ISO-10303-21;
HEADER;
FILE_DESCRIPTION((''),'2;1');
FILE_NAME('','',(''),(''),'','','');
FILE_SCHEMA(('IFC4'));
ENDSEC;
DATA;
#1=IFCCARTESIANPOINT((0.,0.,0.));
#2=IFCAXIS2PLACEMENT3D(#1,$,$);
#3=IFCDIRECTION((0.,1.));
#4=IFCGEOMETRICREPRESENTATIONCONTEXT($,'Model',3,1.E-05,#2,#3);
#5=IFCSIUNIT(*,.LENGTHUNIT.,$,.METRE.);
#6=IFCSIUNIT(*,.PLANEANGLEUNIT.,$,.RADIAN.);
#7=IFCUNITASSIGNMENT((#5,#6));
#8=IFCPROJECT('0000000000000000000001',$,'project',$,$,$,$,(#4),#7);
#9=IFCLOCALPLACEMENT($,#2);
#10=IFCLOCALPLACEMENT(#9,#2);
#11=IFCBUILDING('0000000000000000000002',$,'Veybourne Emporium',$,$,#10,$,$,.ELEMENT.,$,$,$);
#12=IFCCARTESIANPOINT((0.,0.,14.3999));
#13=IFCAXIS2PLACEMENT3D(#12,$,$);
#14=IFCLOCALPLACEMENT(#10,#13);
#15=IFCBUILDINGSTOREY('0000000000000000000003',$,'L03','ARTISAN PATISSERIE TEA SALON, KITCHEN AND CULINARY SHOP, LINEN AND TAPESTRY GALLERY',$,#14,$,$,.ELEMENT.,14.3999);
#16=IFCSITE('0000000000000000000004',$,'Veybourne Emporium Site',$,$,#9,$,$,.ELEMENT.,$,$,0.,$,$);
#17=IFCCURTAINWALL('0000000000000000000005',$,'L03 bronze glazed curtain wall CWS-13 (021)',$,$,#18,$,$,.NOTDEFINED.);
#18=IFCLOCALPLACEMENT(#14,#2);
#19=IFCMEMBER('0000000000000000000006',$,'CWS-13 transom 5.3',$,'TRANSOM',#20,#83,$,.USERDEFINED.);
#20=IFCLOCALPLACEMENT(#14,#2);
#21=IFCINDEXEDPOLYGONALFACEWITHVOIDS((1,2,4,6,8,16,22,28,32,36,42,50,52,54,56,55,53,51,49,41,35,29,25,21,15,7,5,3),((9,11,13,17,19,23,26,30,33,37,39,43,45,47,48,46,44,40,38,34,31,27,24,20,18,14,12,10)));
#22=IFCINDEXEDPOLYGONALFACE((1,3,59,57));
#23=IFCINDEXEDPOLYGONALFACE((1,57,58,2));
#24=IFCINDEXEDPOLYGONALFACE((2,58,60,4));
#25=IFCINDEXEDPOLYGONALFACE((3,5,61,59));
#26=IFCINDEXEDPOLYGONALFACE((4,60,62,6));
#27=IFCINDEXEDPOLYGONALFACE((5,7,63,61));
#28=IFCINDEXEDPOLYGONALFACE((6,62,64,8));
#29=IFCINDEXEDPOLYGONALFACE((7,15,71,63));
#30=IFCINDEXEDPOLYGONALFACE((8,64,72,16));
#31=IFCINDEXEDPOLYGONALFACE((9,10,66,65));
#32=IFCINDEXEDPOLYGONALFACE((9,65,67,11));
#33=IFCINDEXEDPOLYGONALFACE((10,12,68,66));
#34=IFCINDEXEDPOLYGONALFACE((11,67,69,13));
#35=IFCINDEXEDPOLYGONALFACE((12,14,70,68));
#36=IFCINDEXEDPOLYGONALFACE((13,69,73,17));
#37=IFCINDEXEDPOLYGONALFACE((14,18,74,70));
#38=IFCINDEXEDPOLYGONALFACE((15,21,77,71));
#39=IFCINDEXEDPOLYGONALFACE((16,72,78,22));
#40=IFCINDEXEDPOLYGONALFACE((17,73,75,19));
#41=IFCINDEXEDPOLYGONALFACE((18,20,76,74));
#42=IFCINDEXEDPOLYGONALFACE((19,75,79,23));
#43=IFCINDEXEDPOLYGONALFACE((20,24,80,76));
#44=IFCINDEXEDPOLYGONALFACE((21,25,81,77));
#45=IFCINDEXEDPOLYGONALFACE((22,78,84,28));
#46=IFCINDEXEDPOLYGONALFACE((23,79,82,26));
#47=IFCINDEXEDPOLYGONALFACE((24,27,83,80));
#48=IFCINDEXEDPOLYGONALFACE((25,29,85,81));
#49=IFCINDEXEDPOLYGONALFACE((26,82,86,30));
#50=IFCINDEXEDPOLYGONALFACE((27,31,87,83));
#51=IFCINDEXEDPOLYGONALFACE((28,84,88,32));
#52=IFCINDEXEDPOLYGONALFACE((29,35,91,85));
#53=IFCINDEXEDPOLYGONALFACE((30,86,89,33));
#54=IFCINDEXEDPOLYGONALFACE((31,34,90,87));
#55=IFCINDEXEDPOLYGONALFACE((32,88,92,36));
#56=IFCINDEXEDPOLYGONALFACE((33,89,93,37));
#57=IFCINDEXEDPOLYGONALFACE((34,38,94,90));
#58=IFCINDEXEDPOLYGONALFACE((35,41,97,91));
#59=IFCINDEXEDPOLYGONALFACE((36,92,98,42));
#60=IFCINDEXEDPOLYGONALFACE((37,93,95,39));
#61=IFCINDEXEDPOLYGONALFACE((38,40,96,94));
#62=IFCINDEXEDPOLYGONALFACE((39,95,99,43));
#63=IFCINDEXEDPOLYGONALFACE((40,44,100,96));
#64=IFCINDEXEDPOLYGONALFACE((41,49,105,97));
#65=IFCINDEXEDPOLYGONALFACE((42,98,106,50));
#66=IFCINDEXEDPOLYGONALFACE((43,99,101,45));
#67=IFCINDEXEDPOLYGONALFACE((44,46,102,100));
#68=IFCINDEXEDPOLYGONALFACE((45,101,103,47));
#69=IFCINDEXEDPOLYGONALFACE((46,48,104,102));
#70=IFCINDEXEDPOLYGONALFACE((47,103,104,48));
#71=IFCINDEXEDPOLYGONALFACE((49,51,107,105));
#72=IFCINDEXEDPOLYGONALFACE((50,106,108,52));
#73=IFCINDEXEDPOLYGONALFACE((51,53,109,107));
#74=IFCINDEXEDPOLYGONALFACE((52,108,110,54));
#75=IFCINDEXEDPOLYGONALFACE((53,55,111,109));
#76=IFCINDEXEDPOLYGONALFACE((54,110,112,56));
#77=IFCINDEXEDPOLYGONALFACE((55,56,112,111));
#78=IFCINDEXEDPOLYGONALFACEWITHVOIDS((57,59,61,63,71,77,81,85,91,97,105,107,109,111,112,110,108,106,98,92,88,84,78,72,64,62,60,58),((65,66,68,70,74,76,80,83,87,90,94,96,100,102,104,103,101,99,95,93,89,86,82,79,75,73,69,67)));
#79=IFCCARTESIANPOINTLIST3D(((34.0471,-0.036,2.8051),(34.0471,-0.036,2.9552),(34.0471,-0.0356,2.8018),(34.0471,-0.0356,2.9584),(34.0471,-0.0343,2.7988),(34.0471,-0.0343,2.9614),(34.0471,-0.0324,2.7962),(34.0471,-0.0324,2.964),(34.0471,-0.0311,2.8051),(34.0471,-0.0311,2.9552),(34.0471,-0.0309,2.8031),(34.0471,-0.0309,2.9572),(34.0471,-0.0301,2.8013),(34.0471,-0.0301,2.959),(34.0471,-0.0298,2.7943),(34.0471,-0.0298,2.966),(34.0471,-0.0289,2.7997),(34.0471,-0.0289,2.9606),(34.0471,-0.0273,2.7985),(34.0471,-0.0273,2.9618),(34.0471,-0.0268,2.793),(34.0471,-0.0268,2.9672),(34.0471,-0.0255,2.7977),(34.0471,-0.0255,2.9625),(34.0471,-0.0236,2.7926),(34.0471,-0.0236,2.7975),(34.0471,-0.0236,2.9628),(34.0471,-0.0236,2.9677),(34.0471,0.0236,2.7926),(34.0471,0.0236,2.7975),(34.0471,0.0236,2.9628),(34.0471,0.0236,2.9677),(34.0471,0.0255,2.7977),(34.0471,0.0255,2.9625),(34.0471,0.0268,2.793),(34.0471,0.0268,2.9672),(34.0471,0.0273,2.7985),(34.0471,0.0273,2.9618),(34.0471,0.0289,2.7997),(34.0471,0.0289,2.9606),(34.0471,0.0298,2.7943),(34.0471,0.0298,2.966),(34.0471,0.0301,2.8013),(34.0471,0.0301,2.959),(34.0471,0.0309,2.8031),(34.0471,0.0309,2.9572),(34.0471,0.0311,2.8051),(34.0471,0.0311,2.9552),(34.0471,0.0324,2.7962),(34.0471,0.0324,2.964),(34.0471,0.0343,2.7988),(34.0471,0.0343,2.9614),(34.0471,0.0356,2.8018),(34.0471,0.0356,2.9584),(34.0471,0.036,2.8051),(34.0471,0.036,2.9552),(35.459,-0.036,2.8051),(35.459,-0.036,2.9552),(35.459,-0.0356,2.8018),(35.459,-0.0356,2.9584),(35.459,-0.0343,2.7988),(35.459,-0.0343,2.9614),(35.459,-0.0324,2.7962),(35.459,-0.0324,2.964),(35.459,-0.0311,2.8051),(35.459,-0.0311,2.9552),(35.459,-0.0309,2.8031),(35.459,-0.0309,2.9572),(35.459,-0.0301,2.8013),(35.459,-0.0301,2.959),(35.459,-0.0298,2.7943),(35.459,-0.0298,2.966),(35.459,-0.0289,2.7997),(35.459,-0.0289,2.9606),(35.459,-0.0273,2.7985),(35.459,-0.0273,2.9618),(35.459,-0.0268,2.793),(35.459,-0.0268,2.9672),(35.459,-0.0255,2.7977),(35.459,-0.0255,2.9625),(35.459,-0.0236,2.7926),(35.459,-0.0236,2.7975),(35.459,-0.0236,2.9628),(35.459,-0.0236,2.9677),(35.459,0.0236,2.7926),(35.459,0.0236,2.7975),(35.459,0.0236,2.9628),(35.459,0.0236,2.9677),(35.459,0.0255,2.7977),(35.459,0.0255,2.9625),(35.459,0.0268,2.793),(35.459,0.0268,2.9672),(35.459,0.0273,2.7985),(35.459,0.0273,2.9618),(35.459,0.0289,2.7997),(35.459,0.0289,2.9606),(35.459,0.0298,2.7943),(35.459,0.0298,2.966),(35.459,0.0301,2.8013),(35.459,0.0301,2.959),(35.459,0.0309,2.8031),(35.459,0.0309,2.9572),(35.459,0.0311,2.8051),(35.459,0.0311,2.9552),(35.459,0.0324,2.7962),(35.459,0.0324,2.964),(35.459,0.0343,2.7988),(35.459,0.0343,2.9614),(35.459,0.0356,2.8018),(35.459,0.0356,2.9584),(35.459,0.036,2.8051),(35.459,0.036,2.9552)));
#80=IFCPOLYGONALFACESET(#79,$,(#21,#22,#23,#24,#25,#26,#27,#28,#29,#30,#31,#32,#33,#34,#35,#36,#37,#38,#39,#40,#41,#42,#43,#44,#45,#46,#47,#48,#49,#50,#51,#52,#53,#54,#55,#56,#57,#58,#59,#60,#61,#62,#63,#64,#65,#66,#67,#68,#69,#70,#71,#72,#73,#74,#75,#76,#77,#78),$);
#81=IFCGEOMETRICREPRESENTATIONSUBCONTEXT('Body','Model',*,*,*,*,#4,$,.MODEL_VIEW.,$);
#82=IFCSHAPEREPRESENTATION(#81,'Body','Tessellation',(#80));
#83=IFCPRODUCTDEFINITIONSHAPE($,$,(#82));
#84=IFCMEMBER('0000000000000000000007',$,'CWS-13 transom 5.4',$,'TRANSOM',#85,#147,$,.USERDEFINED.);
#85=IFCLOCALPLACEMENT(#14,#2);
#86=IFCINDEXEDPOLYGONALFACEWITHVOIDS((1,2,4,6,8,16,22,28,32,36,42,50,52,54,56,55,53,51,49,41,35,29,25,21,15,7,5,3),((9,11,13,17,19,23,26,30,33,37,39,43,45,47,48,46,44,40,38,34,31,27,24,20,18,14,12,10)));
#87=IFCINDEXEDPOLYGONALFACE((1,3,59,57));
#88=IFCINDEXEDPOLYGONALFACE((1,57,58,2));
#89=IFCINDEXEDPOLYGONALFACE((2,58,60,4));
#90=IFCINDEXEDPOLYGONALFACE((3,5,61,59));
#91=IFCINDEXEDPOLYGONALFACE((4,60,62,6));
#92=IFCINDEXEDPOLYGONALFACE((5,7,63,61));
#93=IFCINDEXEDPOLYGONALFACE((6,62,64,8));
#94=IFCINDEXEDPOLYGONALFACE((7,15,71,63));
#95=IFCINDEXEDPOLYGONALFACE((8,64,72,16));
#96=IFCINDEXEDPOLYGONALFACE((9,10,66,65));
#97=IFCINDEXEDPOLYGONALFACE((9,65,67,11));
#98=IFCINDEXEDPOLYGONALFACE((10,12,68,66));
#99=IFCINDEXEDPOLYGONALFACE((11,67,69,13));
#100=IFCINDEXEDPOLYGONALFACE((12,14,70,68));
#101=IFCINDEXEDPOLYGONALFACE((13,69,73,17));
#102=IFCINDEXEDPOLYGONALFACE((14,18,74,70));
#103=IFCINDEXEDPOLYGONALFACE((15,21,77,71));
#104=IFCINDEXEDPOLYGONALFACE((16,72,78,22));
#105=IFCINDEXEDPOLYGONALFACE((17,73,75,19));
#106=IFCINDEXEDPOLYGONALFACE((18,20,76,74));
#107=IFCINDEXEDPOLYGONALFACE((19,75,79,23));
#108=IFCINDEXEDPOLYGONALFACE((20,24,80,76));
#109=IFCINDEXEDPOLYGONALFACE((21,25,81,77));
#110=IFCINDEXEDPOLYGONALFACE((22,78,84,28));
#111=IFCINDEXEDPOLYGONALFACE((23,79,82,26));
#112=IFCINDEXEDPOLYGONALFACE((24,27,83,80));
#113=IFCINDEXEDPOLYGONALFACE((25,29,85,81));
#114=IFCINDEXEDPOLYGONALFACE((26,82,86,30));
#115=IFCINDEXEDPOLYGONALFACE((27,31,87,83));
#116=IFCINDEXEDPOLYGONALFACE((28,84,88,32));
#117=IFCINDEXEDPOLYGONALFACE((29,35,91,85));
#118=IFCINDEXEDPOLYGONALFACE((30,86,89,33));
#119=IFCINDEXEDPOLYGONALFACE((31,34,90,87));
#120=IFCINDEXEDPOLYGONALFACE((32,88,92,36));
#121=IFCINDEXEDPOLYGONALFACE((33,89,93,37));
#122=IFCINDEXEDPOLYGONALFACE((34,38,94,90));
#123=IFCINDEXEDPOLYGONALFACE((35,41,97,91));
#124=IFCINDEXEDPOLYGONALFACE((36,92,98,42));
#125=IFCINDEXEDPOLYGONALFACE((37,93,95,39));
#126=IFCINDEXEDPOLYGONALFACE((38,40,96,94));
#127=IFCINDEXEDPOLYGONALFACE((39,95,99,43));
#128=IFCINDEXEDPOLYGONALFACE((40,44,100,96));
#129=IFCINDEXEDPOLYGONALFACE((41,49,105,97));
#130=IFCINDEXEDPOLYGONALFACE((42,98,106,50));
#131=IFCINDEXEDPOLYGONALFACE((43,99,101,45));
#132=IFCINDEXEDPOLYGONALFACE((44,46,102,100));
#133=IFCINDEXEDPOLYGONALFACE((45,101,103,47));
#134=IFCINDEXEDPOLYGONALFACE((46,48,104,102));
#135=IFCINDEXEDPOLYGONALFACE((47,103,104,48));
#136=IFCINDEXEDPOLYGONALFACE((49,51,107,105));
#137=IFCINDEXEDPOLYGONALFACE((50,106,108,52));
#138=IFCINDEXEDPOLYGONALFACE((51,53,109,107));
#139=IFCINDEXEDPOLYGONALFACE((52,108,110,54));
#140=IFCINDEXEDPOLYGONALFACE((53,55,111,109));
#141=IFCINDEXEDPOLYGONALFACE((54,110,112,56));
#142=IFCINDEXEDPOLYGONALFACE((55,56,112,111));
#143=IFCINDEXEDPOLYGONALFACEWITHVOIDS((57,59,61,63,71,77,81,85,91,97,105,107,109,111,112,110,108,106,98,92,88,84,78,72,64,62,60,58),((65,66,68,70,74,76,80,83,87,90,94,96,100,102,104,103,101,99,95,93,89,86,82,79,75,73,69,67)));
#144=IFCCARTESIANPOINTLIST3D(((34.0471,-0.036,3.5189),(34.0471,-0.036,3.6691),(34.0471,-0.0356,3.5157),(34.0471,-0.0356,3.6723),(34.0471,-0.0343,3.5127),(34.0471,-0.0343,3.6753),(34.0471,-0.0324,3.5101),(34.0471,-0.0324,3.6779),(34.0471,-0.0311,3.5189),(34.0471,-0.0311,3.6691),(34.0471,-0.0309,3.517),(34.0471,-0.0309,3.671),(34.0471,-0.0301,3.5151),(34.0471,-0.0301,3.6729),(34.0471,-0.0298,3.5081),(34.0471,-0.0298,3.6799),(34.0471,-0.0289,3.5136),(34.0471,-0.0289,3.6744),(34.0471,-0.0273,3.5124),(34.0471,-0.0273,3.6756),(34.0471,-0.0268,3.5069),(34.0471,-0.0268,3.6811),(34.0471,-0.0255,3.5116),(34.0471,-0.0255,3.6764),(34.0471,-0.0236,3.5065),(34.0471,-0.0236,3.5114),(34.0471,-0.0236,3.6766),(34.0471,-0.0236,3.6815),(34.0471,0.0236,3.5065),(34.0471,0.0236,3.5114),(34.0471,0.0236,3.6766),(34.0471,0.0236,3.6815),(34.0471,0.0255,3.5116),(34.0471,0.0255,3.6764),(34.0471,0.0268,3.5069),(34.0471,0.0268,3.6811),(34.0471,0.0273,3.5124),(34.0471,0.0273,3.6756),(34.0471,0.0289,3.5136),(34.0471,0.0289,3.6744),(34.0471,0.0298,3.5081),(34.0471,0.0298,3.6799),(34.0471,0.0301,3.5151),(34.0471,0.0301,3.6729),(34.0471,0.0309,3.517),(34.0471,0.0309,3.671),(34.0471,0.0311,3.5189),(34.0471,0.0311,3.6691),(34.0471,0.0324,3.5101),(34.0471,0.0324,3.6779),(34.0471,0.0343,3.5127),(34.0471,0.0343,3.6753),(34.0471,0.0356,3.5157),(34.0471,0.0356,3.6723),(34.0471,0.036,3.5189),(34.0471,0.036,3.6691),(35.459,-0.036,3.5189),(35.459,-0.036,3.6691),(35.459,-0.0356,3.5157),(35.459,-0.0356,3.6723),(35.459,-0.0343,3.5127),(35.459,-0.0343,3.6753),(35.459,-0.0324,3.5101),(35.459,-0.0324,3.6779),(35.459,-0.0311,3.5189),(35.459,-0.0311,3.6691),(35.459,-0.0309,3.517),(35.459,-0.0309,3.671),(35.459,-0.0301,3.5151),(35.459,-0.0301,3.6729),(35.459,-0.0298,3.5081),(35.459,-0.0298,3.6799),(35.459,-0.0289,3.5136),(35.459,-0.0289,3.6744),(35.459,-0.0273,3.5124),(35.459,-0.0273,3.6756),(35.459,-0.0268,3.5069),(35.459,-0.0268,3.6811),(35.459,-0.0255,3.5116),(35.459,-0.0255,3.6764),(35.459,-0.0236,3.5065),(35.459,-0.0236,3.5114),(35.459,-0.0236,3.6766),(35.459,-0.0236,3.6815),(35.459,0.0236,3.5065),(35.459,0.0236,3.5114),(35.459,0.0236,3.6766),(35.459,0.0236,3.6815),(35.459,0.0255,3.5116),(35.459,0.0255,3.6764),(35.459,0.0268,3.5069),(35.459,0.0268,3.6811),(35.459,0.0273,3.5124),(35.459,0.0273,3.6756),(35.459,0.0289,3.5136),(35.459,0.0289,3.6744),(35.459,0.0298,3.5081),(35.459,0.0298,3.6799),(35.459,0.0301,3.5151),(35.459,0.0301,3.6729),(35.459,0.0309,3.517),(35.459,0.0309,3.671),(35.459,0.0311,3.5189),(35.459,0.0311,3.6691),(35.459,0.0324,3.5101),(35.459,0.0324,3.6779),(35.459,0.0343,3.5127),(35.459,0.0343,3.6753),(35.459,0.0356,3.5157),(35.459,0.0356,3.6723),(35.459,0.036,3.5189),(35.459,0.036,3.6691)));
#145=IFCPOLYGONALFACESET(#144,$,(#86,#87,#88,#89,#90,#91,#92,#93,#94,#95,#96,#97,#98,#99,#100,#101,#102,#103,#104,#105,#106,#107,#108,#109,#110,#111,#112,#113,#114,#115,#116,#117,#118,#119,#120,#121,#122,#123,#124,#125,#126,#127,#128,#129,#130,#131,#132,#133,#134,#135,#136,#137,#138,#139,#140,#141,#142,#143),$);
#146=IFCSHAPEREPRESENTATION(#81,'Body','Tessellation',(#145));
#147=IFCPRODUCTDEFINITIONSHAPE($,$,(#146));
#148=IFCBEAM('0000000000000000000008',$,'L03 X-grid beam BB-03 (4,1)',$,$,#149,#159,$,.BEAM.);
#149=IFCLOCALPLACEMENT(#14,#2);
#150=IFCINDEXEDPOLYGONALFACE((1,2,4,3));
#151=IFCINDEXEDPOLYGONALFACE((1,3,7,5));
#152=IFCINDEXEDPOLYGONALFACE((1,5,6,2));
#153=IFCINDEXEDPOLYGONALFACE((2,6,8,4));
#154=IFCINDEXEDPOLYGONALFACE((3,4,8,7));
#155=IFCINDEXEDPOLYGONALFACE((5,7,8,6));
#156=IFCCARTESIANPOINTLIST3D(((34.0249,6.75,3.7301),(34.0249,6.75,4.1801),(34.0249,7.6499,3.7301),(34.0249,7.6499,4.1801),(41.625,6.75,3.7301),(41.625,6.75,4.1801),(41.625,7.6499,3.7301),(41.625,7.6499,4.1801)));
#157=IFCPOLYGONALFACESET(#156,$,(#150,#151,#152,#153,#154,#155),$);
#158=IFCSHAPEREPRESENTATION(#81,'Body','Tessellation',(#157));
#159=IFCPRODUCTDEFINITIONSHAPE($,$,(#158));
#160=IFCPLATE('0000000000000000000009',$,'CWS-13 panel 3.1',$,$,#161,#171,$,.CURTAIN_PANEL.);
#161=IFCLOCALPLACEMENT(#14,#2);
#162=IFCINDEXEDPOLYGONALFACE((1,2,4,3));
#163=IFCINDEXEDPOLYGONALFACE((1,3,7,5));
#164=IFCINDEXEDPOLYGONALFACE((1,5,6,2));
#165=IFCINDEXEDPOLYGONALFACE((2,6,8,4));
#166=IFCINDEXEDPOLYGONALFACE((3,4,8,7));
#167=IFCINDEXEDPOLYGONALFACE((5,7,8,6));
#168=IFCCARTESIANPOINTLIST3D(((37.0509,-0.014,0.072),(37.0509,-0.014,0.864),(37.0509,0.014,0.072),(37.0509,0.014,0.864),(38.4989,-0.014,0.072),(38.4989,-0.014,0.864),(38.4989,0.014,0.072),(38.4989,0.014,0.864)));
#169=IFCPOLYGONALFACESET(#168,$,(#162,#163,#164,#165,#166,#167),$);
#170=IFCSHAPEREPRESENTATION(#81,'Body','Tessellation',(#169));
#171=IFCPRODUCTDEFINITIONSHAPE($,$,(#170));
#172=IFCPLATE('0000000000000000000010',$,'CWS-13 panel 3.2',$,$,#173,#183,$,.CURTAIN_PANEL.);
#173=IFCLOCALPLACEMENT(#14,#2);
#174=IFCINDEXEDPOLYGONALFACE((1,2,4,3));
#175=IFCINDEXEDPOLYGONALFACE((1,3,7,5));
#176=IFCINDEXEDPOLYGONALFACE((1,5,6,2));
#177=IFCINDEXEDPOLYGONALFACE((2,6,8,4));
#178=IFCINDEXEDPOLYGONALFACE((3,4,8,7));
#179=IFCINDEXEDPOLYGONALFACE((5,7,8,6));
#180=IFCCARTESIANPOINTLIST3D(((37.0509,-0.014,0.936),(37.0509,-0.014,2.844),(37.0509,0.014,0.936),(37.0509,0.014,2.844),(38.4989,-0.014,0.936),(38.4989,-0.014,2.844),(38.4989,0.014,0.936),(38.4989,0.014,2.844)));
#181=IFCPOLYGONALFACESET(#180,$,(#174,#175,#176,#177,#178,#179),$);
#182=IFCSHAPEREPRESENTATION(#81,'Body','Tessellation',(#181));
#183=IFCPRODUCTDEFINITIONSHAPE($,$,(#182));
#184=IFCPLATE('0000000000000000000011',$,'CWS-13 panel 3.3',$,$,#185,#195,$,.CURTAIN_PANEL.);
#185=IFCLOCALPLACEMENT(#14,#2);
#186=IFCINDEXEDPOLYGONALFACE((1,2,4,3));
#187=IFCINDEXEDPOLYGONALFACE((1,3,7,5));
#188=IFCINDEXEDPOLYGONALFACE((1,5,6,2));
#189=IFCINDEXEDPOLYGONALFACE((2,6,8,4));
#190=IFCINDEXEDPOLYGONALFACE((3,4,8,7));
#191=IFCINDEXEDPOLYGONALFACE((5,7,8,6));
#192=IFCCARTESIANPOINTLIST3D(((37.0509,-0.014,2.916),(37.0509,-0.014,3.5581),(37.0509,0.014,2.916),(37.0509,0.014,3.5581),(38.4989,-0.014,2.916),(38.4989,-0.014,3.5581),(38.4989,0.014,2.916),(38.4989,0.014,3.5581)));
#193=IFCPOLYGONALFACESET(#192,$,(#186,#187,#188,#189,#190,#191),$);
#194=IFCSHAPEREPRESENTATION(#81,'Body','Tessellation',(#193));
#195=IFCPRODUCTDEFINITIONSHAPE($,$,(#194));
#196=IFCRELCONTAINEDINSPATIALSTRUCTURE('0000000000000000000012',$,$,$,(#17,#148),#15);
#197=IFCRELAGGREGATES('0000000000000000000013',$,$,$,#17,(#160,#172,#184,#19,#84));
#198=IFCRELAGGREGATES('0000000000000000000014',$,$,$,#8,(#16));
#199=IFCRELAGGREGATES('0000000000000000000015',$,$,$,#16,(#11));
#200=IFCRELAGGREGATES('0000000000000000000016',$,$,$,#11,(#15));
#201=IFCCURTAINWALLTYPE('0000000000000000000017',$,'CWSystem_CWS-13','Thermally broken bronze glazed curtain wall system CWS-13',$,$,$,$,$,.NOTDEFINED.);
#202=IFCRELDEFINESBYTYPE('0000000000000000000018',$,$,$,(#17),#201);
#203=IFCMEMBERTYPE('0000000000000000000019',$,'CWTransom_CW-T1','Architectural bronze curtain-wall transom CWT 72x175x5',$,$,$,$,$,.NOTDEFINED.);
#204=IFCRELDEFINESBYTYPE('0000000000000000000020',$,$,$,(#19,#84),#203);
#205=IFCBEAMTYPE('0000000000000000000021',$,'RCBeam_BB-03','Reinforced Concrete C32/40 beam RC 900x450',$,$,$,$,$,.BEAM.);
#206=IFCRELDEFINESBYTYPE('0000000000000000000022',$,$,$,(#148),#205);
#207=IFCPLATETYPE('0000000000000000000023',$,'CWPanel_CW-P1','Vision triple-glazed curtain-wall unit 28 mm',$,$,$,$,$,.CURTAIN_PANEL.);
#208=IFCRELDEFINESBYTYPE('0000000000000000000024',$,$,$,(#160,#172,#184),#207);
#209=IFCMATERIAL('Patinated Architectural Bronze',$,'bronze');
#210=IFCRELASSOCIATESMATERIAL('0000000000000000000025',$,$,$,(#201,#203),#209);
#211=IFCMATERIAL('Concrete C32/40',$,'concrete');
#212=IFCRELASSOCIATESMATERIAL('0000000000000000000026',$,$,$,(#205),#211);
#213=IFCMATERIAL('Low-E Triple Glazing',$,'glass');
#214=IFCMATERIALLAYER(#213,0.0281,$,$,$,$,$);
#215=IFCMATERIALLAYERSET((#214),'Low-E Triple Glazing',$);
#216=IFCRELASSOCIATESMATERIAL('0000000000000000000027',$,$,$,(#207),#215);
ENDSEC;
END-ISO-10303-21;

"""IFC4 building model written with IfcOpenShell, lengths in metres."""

from ifc_helpers import new_model, si_unit, direction, frame, origin, origin_2d, place, context, subcontext, project, spatial, rectangle, hollow_rectangle, extrude, material, layer, layer_set, material_profile, profile_set, type_object, element, aggregate, save


model = new_model("IFC4")

# Units and contexts
model_context = context("Model", 3, precision=1e-05, world=origin(), true_north=direction((0.0, 1.0)))
body_context = subcontext(model_context, "Body", "Model", "MODEL_VIEW")
ifc_project = project(units=[si_unit("LENGTHUNIT", "METRE"), si_unit("PLANEANGLEUNIT", "RADIAN")], contexts=[model_context])

# Site, building, storey
site_placement = place(None, origin())
site = spatial("IfcSite", under=ifc_project, at=site_placement, Name="Veybourne Emporium Site", CompositionType="ELEMENT", RefElevation=0.0)
building_placement = place(site_placement, origin())
building = spatial("IfcBuilding", under=site, at=building_placement, Name="Veybourne Emporium", CompositionType="ELEMENT")
storey_placement = place(building_placement, frame((0.0, 0.0, 14.3999)))
storey = spatial("IfcBuildingStorey", under=building, at=storey_placement, Name="L03", Description="ARTISAN PATISSERIE TEA SALON, KITCHEN AND CULINARY SHOP, LINEN AND TAPESTRY GALLERY", CompositionType="ELEMENT", Elevation=14.3999)

# Curtain wall, members
ifc_material_1 = material(Name="Patinated Architectural Bronze", Category="bronze")
curtain_wall_type = type_object("IfcCurtainWallType", Name="CWSystem_CWS-13", Description="Thermally broken bronze glazed curtain wall system CWS-13", PredefinedType="NOTDEFINED", material=ifc_material_1)
curtain_wall_placement = place(storey_placement, origin())
curtain_wall = element("IfcCurtainWall", 1, at=curtain_wall_placement, inside=storey, type_object=curtain_wall_type, Name="L03 bronze glazed curtain wall CWS-13 (021)", PredefinedType="NOTDEFINED")
ifc_material_profile_1 = material_profile(ifc_material_1, hollow_rectangle(XDim=0.072, YDim=0.175, WallThickness=0.0049, InnerFilletRadius=0.0076, OuterFilletRadius=0.0125, at=origin_2d()), Name="CWT 72x175x5")
ifc_profile_set_1 = profile_set([ifc_material_profile_1], Name="Patinated Architectural Bronze")
member_type_1 = type_object("IfcMemberType", Name="CWTransom_CW-T1", Description="Architectural bronze curtain-wall transom CWT 72x175x5", PredefinedType="NOTDEFINED", material=ifc_profile_set_1)
member_1_placement = place(storey_placement, frame((35.459, 0.0, 2.8801), z_axis=(-1.0, 0.0, 0.0), x_axis=(0.0, -1.0, 0.0)))
member_1 = element("IfcMember", 2, at=member_1_placement, type_object=member_type_1, Name="CWS-13 transom 5.3", ObjectType="TRANSOM", PredefinedType="USERDEFINED", context=body_context, shape_type="SweptSolid", body=[
    extrude(hollow_rectangle(XDim=0.072, YDim=0.175, WallThickness=0.0049, InnerFilletRadius=0.0076, OuterFilletRadius=0.0125, at=origin_2d()), origin(), (0.0, 0.0, 1.0), 1.4119),
])
member_2_placement = place(storey_placement, frame((35.459, 0.0, 3.594), z_axis=(-1.0, 0.0, 0.0), x_axis=(0.0, -1.0, 0.0)))
member_2 = element("IfcMember", 3, at=member_2_placement, type_object=member_type_1, Name="CWS-13 transom 5.4", ObjectType="TRANSOM", PredefinedType="USERDEFINED", context=body_context, shape_type="SweptSolid", body=[
    extrude(hollow_rectangle(XDim=0.072, YDim=0.175, WallThickness=0.0049, InnerFilletRadius=0.0076, OuterFilletRadius=0.0125, at=origin_2d()), origin(), (0.0, 0.0, 1.0), 1.4119),
])

# Beam
ifc_material_2 = material(Name="Concrete C32/40", Category="concrete")
ifc_material_profile_2 = material_profile(ifc_material_2, rectangle(XDim=0.8999, YDim=0.45, at=origin_2d()), Name="RC 900x450")
ifc_profile_set_2 = profile_set([ifc_material_profile_2], Name="Concrete C32/40")
beam_type = type_object("IfcBeamType", Name="RCBeam_BB-03", Description="Reinforced Concrete C32/40 beam RC 900x450", PredefinedType="BEAM", material=ifc_profile_set_2)
beam_placement = place(storey_placement, frame((34.0249, 7.2, 3.9551), z_axis=(1.0, 0.0, 0.0), x_axis=(0.0, 1.0, 0.0)))
element("IfcBeam", 4, at=beam_placement, inside=storey, type_object=beam_type, Name="L03 X-grid beam BB-03 (4,1)", PredefinedType="BEAM", context=body_context, shape_type="SweptSolid", body=[
    extrude(rectangle(XDim=0.8999, YDim=0.45, at=origin_2d()), origin(), (0.0, 0.0, 1.0), 7.6001),
])

# Plates
ifc_material_3 = material(Name="Low-E Triple Glazing", Category="glass")
ifc_layer_1 = layer(ifc_material_3, 0.0281)
ifc_layer_set_1 = layer_set([ifc_layer_1], Name="Low-E Triple Glazing")
plate_type = type_object("IfcPlateType", Name="CWPanel_CW-P1", Description="Vision triple-glazed curtain-wall unit 28 mm", PredefinedType="CURTAIN_PANEL", material=ifc_layer_set_1)
plate_1_placement = place(storey_placement, frame((37.7749, 0.0, 0.072), z_axis=(0.0, 0.0, 1.0), x_axis=(-1.0, 0.0, 0.0)))
plate_1 = element("IfcPlate", 5, at=plate_1_placement, type_object=plate_type, Name="CWS-13 panel 3.1", PredefinedType="CURTAIN_PANEL", context=body_context, shape_type="SweptSolid", body=[
    extrude(rectangle(XDim=1.448, YDim=0.0281, at=origin_2d()), origin(), (0.0, 0.0, 1.0), 0.792),
])
plate_2_placement = place(storey_placement, frame((37.7749, 0.0, 0.936), z_axis=(0.0, 0.0, 1.0), x_axis=(-1.0, 0.0, 0.0)))
plate_2 = element("IfcPlate", 6, at=plate_2_placement, type_object=plate_type, Name="CWS-13 panel 3.2", PredefinedType="CURTAIN_PANEL", context=body_context, shape_type="SweptSolid", body=[
    extrude(rectangle(XDim=1.448, YDim=0.0281, at=origin_2d()), origin(), (0.0, 0.0, 1.0), 1.908),
])
plate_3_placement = place(storey_placement, frame((37.7749, 0.0, 2.916), z_axis=(0.0, 0.0, 1.0), x_axis=(-1.0, 0.0, 0.0)))
plate_3 = element("IfcPlate", 7, at=plate_3_placement, type_object=plate_type, Name="CWS-13 panel 3.3", PredefinedType="CURTAIN_PANEL", context=body_context, shape_type="SweptSolid", body=[
    extrude(rectangle(XDim=1.448, YDim=0.0281, at=origin_2d()), origin(), (0.0, 0.0, 1.0), 0.6421),
])
aggregate(curtain_wall, [plate_1, plate_2, plate_3, member_1, member_2])

save(model, "model.ifc")
